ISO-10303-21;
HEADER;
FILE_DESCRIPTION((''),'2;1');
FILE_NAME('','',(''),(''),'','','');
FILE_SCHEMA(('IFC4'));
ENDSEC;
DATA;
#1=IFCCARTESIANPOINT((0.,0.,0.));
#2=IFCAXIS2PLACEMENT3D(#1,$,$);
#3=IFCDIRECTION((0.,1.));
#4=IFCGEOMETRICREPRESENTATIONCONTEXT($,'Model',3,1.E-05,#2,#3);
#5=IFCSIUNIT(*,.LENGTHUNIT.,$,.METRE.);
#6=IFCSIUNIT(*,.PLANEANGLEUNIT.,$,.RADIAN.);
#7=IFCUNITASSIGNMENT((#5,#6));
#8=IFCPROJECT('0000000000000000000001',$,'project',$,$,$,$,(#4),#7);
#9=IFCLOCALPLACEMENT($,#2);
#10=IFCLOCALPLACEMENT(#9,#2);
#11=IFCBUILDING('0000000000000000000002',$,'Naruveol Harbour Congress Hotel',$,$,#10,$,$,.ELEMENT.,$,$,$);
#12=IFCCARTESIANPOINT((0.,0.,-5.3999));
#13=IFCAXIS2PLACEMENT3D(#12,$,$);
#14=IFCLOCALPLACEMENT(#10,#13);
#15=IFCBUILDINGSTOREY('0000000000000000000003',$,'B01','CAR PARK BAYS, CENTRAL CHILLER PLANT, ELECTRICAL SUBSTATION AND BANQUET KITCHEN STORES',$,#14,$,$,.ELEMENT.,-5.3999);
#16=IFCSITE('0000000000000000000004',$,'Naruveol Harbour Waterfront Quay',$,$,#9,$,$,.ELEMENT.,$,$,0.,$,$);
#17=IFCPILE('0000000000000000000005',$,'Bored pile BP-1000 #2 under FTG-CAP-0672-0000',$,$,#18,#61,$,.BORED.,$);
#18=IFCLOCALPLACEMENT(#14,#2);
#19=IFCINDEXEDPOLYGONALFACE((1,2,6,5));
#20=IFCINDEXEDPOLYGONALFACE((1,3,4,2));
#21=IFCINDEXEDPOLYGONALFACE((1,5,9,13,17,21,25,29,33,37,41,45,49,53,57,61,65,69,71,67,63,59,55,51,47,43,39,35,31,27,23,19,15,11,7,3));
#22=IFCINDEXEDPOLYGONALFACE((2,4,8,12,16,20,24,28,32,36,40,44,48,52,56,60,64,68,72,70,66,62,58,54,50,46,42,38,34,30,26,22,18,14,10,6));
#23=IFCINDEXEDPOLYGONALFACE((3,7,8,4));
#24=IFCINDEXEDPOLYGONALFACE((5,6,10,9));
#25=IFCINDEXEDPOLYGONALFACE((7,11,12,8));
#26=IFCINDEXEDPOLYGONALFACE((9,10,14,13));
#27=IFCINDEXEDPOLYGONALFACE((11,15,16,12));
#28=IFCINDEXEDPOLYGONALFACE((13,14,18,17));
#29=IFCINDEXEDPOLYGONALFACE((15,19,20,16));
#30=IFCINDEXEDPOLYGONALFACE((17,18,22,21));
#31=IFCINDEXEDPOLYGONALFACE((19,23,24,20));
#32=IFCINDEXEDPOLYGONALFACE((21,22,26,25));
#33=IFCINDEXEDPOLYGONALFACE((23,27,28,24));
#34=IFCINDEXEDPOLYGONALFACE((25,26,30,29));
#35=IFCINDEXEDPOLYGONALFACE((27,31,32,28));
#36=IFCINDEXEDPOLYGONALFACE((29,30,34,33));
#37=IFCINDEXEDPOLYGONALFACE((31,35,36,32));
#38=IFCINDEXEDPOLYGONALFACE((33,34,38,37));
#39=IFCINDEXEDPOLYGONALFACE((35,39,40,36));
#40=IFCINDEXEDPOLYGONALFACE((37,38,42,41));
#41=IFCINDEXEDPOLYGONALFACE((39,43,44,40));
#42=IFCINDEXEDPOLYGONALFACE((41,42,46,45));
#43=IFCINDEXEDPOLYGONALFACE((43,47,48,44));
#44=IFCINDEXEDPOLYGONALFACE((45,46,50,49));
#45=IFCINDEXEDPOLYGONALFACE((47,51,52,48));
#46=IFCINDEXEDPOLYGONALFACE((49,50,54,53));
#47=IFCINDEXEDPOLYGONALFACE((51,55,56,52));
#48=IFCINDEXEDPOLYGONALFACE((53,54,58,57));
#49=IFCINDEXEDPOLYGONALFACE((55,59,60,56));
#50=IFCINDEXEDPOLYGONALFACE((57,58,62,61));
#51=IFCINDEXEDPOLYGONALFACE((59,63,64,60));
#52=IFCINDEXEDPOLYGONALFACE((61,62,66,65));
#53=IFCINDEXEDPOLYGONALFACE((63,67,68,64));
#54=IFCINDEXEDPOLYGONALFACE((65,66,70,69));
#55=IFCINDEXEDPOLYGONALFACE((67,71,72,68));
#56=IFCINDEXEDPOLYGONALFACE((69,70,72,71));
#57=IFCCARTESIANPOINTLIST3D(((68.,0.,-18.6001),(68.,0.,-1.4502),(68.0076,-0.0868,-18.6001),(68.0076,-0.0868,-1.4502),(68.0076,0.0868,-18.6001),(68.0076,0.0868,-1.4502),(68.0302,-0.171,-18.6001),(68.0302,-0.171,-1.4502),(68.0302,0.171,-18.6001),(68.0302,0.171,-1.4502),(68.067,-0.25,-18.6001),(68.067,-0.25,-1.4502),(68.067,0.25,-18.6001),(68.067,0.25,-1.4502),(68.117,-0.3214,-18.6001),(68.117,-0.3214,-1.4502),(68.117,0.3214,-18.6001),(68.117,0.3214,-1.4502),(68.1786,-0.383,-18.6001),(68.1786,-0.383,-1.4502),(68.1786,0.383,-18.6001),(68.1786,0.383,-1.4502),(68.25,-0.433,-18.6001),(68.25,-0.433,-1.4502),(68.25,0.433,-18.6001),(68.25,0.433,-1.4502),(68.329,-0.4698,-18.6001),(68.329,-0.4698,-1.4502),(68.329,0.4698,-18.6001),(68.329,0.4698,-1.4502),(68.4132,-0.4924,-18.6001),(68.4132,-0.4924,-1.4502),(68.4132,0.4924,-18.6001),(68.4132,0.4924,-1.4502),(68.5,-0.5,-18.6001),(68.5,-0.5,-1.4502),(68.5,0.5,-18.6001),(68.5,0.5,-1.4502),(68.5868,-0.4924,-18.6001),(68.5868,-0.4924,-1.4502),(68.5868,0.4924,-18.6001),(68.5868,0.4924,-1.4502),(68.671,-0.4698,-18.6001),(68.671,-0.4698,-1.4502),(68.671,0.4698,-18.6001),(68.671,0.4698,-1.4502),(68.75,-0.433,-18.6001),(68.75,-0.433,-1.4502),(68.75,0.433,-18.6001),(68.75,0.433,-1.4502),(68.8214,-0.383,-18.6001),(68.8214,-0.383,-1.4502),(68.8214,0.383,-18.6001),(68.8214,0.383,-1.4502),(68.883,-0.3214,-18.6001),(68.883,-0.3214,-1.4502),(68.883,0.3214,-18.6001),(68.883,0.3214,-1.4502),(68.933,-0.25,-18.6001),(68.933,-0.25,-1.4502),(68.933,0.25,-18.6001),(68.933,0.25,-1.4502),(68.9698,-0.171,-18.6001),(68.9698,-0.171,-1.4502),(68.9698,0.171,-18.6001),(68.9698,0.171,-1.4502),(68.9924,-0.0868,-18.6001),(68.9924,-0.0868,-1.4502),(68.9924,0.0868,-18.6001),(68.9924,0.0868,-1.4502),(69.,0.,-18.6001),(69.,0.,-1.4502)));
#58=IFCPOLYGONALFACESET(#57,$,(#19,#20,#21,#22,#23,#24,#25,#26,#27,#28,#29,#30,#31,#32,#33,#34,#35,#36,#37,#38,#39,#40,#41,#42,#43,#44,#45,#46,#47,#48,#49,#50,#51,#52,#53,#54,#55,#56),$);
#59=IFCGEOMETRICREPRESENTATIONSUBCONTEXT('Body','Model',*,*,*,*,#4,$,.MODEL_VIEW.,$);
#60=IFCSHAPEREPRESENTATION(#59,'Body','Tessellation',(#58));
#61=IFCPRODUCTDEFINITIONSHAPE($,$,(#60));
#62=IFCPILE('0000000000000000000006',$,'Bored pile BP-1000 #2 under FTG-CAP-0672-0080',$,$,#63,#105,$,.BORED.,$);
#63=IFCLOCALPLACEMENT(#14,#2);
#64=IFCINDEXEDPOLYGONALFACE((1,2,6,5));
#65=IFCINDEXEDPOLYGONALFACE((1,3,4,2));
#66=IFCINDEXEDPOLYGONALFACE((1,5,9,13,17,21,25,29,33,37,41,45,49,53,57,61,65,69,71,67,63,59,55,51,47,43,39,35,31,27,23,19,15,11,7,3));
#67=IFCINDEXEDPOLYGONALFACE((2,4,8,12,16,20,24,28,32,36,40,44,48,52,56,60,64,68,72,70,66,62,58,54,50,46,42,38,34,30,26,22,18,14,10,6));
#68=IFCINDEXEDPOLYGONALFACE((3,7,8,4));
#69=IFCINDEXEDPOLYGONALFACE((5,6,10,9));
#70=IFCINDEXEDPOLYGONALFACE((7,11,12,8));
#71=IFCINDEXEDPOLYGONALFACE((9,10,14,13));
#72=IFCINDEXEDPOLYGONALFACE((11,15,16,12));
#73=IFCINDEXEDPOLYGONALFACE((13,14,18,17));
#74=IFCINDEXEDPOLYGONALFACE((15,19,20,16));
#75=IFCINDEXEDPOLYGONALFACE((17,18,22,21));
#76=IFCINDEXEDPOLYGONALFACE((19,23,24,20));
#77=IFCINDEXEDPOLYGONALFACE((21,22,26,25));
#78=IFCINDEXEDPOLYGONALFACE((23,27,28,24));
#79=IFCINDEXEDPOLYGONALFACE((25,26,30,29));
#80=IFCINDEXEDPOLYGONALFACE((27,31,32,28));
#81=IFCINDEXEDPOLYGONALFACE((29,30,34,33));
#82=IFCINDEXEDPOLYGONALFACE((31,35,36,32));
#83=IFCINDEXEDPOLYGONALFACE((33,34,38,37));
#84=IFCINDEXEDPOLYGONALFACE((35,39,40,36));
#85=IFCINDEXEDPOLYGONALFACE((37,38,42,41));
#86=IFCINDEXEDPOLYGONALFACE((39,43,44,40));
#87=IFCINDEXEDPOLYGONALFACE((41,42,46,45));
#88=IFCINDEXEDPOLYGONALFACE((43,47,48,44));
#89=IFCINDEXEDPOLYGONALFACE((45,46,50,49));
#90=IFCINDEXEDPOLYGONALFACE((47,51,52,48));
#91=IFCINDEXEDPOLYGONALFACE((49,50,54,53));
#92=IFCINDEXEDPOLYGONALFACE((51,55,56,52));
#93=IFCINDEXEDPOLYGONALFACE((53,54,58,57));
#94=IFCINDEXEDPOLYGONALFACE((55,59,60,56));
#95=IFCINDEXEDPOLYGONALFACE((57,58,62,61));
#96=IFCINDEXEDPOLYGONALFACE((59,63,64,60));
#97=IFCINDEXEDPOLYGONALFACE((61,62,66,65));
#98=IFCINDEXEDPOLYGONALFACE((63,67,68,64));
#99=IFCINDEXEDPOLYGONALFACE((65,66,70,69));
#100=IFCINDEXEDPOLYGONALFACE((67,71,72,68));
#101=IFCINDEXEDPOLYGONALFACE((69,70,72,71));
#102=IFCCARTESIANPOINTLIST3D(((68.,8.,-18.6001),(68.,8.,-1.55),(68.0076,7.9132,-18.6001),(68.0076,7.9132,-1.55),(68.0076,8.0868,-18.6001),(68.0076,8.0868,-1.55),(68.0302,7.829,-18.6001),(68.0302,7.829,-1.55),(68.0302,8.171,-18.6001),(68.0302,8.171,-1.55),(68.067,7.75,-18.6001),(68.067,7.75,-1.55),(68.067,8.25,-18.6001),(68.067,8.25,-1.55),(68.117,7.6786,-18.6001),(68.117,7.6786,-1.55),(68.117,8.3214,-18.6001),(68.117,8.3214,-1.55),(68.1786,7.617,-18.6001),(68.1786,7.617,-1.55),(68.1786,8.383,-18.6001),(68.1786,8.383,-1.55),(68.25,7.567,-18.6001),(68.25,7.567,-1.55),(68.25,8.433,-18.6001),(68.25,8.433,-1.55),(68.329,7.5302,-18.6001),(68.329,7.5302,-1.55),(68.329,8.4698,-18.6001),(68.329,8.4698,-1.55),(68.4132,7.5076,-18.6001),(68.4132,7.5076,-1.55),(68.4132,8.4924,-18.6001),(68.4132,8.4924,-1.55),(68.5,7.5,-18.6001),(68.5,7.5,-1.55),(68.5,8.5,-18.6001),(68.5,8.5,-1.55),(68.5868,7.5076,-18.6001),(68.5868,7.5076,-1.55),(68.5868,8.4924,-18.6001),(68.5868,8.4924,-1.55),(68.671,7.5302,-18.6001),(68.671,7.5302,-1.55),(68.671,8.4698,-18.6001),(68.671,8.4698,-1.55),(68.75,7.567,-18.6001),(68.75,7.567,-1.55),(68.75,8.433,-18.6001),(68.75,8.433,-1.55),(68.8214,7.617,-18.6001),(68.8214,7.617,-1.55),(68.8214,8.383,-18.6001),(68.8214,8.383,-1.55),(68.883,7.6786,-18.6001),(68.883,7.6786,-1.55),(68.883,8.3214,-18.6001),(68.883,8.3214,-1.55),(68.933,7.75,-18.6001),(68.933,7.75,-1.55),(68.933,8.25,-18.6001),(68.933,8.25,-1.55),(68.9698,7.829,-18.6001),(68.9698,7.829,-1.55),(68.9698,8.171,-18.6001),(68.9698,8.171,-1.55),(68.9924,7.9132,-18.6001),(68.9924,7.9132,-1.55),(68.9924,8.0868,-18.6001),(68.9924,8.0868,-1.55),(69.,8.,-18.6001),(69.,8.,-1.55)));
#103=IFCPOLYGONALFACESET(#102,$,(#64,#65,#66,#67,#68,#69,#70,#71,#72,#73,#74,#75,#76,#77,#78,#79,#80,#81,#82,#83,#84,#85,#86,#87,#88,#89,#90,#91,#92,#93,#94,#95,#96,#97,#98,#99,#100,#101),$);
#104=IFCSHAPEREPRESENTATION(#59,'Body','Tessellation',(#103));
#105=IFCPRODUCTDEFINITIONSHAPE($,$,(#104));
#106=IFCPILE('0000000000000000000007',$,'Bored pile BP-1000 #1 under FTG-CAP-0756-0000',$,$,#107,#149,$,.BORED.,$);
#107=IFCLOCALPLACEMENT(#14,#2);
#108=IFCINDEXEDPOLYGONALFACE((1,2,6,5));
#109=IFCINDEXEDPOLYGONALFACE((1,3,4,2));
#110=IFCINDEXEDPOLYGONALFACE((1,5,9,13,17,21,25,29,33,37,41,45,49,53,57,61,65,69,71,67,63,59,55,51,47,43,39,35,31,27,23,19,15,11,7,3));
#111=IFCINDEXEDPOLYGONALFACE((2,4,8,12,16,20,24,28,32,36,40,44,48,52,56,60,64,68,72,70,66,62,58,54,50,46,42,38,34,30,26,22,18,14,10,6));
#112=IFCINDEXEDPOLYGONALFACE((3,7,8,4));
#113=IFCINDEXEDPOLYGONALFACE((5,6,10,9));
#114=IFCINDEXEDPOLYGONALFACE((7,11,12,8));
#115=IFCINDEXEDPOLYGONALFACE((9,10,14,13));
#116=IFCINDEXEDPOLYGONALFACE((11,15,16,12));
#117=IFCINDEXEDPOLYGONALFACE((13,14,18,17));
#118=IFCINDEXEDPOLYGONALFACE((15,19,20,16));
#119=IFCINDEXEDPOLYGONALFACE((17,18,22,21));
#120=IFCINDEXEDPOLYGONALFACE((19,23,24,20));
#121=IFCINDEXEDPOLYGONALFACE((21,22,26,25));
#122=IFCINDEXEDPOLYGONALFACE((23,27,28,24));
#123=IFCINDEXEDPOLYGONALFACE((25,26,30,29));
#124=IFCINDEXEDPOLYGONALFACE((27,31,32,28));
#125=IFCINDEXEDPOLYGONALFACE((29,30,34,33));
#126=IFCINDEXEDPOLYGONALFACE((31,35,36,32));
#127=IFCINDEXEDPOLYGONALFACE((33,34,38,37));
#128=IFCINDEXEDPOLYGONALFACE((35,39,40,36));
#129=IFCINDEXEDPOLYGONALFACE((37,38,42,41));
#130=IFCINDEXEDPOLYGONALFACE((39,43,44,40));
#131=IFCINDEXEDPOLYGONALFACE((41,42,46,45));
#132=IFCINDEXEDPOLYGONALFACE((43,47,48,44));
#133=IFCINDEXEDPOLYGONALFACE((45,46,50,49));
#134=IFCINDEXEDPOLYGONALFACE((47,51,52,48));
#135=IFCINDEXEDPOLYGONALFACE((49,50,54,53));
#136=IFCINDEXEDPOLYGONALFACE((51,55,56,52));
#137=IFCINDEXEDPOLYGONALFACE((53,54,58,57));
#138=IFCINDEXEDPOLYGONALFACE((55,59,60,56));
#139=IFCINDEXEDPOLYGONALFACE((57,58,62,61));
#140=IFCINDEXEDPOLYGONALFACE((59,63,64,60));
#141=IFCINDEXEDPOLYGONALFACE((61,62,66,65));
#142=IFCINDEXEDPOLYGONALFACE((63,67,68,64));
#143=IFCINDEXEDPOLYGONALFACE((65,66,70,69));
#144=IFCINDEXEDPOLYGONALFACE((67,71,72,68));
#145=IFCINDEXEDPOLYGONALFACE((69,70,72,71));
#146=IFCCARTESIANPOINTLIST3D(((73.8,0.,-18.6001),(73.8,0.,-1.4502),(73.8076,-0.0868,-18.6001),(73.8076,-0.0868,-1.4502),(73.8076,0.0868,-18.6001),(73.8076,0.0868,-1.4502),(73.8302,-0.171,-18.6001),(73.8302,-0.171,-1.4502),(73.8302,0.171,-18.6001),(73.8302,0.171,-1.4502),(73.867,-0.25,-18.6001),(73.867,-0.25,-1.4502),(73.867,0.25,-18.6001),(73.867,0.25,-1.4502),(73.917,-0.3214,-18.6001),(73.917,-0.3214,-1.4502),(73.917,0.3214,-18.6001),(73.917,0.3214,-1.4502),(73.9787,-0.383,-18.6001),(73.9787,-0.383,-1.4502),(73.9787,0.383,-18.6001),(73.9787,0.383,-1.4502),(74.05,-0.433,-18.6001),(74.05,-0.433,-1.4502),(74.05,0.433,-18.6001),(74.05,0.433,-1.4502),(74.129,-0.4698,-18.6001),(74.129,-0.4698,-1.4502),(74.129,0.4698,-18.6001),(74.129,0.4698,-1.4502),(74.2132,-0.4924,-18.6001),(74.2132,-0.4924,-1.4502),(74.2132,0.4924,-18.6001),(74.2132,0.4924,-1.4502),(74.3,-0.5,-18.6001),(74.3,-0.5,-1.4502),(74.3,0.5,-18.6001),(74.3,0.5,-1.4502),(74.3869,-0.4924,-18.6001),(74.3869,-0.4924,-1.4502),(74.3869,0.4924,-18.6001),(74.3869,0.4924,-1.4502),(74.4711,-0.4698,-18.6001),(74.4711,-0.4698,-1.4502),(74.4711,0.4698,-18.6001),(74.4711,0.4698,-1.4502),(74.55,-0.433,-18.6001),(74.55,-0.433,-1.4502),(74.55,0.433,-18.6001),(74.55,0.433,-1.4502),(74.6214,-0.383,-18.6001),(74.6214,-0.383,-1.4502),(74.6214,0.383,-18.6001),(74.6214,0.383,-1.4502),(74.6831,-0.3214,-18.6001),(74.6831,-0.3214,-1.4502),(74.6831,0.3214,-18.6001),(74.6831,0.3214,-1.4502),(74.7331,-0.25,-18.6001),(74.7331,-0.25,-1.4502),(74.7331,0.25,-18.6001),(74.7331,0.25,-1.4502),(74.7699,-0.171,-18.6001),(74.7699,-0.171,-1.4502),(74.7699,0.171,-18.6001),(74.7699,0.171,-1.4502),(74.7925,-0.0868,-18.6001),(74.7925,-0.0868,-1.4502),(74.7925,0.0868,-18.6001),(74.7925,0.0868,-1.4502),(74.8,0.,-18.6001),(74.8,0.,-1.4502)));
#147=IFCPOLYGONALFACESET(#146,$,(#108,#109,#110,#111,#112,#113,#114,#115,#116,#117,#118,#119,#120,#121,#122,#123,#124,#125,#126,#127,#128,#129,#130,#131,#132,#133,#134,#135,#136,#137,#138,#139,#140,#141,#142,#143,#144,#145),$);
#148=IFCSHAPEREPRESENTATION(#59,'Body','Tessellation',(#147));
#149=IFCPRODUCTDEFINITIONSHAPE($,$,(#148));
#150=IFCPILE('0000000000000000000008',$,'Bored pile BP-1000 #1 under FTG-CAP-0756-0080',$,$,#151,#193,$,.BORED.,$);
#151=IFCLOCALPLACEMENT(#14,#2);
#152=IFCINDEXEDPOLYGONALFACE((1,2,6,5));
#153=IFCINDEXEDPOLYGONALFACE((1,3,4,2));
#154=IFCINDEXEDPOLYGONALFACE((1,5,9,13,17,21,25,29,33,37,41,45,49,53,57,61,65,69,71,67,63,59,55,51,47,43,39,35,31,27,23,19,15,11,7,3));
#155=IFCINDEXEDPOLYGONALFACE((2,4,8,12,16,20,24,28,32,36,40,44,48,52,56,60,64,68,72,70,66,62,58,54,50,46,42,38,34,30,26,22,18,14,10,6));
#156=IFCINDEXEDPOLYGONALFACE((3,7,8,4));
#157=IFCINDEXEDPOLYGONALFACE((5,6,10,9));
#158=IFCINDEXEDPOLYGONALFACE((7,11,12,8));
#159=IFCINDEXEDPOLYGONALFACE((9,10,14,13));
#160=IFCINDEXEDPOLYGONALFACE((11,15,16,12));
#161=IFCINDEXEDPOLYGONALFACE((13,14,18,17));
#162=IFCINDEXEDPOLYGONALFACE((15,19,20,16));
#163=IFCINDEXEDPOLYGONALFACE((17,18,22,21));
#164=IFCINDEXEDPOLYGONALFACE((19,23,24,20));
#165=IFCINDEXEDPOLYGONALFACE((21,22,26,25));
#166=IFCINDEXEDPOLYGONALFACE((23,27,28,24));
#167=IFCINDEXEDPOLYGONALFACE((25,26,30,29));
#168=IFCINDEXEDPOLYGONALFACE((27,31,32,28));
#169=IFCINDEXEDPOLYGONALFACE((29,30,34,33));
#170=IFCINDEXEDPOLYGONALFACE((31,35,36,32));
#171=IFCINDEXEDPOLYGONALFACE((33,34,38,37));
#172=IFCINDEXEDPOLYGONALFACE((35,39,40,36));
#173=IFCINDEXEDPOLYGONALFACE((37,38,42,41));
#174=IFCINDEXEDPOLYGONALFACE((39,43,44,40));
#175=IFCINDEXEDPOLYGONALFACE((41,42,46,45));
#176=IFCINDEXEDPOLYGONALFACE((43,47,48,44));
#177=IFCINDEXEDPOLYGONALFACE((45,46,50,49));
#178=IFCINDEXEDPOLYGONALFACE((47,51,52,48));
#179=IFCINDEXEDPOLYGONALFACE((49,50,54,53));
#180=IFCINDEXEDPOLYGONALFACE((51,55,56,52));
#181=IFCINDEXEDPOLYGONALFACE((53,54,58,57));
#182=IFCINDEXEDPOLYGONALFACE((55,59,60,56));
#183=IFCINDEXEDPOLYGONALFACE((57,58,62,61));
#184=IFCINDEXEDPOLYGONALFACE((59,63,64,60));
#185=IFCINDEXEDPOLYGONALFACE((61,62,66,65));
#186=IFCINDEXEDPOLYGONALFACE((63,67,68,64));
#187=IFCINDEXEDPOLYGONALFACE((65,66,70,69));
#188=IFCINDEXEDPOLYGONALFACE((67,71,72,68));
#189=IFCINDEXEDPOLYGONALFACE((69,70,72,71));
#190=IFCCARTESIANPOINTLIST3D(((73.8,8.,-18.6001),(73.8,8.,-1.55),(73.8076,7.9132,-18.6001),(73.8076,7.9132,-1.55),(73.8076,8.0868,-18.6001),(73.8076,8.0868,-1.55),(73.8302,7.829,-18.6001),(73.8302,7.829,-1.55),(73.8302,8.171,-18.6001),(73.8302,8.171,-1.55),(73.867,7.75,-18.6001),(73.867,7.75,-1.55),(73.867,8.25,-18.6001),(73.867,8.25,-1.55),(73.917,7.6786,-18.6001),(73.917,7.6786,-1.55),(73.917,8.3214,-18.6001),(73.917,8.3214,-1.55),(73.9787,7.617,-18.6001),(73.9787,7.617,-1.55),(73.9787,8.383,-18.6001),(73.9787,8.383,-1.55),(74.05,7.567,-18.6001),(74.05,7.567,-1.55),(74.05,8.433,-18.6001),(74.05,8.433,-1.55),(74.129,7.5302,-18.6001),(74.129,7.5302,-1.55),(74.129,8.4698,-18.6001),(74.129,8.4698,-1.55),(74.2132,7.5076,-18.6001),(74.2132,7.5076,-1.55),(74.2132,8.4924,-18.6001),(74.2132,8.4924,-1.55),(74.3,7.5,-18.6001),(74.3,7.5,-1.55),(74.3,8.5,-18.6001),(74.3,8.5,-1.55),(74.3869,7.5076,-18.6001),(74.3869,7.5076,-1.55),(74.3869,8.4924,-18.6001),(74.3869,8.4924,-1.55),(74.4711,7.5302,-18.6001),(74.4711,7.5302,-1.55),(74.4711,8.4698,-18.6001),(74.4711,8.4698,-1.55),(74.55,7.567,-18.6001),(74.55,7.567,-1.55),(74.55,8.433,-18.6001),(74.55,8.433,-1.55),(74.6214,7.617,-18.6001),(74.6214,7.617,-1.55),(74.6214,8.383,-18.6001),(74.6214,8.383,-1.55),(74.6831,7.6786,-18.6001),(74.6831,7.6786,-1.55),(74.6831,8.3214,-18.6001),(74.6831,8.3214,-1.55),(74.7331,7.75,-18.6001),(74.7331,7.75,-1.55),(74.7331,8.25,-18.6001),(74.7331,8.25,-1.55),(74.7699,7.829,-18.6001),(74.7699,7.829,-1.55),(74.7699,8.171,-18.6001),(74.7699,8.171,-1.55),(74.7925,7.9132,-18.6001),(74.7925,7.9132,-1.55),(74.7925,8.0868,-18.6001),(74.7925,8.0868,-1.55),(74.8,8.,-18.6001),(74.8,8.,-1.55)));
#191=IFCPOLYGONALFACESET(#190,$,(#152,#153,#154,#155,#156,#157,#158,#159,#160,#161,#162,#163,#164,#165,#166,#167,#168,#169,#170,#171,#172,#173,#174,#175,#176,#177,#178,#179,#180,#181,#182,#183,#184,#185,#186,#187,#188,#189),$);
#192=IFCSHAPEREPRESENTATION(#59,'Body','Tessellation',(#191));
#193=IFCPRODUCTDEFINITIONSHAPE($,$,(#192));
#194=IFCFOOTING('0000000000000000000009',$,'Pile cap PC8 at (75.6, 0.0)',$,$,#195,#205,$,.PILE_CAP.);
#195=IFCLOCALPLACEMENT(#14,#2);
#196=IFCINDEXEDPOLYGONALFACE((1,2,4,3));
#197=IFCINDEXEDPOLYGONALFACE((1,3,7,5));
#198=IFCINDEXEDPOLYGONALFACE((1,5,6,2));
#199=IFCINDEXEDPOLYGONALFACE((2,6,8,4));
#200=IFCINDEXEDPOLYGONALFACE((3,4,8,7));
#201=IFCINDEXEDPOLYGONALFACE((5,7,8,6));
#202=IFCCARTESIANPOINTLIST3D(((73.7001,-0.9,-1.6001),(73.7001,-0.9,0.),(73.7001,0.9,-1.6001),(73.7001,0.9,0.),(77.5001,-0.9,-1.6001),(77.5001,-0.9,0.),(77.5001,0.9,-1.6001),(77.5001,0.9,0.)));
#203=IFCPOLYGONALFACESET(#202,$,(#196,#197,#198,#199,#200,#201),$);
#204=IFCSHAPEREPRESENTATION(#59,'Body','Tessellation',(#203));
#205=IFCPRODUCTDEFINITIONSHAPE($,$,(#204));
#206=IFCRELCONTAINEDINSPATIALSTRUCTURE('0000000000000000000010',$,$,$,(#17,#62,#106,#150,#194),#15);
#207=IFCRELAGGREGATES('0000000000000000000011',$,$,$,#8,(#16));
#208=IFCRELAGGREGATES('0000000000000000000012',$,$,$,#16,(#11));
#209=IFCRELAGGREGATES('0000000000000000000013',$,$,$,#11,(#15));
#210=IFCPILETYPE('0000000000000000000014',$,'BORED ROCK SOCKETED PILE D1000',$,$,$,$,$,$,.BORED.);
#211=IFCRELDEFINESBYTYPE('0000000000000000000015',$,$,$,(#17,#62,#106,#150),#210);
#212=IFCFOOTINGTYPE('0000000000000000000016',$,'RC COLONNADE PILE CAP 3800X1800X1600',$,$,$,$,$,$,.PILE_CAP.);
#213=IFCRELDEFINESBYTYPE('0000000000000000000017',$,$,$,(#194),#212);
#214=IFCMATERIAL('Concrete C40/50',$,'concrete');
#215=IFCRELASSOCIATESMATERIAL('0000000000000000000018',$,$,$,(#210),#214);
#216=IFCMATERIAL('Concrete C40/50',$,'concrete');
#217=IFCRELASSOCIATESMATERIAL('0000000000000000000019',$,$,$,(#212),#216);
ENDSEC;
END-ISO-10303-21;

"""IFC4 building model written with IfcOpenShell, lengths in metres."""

from ifc_helpers import new_model, si_unit, direction, frame, origin, origin_2d, place, context, subcontext, project, spatial, rectangle, circle, extrude, material, material_profile, profile_set, type_object, element, save


model = new_model("IFC4")

# Units and contexts
model_context = context("Model", 3, precision=1e-05, world=origin(), true_north=direction((0.0, 1.0)))
body_context = subcontext(model_context, "Body", "Model", "MODEL_VIEW")
ifc_project = project(units=[si_unit("LENGTHUNIT", "METRE"), si_unit("PLANEANGLEUNIT", "RADIAN")], contexts=[model_context])

# Site, building, storey
site_placement = place(None, origin())
site = spatial("IfcSite", under=ifc_project, at=site_placement, Name="Naruveol Harbour Waterfront Quay", CompositionType="ELEMENT", RefElevation=0.0)
building_placement = place(site_placement, origin())
building = spatial("IfcBuilding", under=site, at=building_placement, Name="Naruveol Harbour Congress Hotel", CompositionType="ELEMENT")
storey_placement = place(building_placement, frame((0.0, 0.0, -5.3999)))
storey = spatial("IfcBuildingStorey", under=building, at=storey_placement, Name="B01", Description="CAR PARK BAYS, CENTRAL CHILLER PLANT, ELECTRICAL SUBSTATION AND BANQUET KITCHEN STORES", CompositionType="ELEMENT", Elevation=-5.3999)

# Piles
ifc_material_1 = material(Name="Concrete C40/50", Category="concrete")
ifc_material_profile_1 = material_profile(ifc_material_1, circle(Radius=0.5, at=origin_2d()), Name="BP-1000")
ifc_profile_set_1 = profile_set([ifc_material_profile_1], Name="Concrete C40/50")
pile_type = type_object("IfcPileType", Name="BORED ROCK SOCKETED PILE D1000", PredefinedType="BORED", material=ifc_profile_set_1)
pile_1_placement = place(storey_placement, frame((68.5, 0.0, -1.4502), z_axis=(0.0, 0.0, -1.0), x_axis=(1.0, 0.0, 0.0)))
element("IfcPile", 1, at=pile_1_placement, inside=storey, type_object=pile_type, Name="Bored pile BP-1000 #2 under FTG-CAP-0672-0000", PredefinedType="BORED", context=body_context, shape_type="SweptSolid", body=[
    extrude(circle(Radius=0.5, at=origin_2d()), origin(), (0.0, 0.0, 1.0), 17.1499),
])
pile_2_placement = place(storey_placement, frame((68.5, 8.0, -1.55), z_axis=(0.0, 0.0, -1.0), x_axis=(1.0, 0.0, 0.0)))
element("IfcPile", 2, at=pile_2_placement, inside=storey, type_object=pile_type, Name="Bored pile BP-1000 #2 under FTG-CAP-0672-0080", PredefinedType="BORED", context=body_context, shape_type="SweptSolid", body=[
    extrude(circle(Radius=0.5, at=origin_2d()), origin(), (0.0, 0.0, 1.0), 17.05),
])
pile_3_placement = place(storey_placement, frame((74.3, 0.0, -1.4502), z_axis=(0.0, 0.0, -1.0), x_axis=(1.0, 0.0, 0.0)))
element("IfcPile", 3, at=pile_3_placement, inside=storey, type_object=pile_type, Name="Bored pile BP-1000 #1 under FTG-CAP-0756-0000", PredefinedType="BORED", context=body_context, shape_type="SweptSolid", body=[
    extrude(circle(Radius=0.5, at=origin_2d()), origin(), (0.0, 0.0, 1.0), 17.1499),
])
pile_4_placement = place(storey_placement, frame((74.3, 8.0, -1.55), z_axis=(0.0, 0.0, -1.0), x_axis=(1.0, 0.0, 0.0)))
element("IfcPile", 4, at=pile_4_placement, inside=storey, type_object=pile_type, Name="Bored pile BP-1000 #1 under FTG-CAP-0756-0080", PredefinedType="BORED", context=body_context, shape_type="SweptSolid", body=[
    extrude(circle(Radius=0.5, at=origin_2d()), origin(), (0.0, 0.0, 1.0), 17.05),
])

# Footing
ifc_material_2 = material(Name="Concrete C40/50", Category="concrete")
footing_type_1 = type_object("IfcFootingType", Name="RC COLONNADE PILE CAP 3800X1800X1600", PredefinedType="PILE_CAP", material=ifc_material_2)
footing_1_placement = place(storey_placement, frame((75.6001, 0.0, -1.6001), z_axis=(0.0, 0.0, 1.0), x_axis=(1.0, 0.0, 0.0)))
element("IfcFooting", 5, at=footing_1_placement, inside=storey, type_object=footing_type_1, Name="Pile cap PC8 at (75.6, 0.0)", PredefinedType="PILE_CAP", context=body_context, shape_type="SweptSolid", body=[
    extrude(rectangle(XDim=3.8, YDim=1.8, at=origin_2d()), origin(), (0.0, 0.0, 1.0), 1.6001),
])

save(model, "model.ifc")
